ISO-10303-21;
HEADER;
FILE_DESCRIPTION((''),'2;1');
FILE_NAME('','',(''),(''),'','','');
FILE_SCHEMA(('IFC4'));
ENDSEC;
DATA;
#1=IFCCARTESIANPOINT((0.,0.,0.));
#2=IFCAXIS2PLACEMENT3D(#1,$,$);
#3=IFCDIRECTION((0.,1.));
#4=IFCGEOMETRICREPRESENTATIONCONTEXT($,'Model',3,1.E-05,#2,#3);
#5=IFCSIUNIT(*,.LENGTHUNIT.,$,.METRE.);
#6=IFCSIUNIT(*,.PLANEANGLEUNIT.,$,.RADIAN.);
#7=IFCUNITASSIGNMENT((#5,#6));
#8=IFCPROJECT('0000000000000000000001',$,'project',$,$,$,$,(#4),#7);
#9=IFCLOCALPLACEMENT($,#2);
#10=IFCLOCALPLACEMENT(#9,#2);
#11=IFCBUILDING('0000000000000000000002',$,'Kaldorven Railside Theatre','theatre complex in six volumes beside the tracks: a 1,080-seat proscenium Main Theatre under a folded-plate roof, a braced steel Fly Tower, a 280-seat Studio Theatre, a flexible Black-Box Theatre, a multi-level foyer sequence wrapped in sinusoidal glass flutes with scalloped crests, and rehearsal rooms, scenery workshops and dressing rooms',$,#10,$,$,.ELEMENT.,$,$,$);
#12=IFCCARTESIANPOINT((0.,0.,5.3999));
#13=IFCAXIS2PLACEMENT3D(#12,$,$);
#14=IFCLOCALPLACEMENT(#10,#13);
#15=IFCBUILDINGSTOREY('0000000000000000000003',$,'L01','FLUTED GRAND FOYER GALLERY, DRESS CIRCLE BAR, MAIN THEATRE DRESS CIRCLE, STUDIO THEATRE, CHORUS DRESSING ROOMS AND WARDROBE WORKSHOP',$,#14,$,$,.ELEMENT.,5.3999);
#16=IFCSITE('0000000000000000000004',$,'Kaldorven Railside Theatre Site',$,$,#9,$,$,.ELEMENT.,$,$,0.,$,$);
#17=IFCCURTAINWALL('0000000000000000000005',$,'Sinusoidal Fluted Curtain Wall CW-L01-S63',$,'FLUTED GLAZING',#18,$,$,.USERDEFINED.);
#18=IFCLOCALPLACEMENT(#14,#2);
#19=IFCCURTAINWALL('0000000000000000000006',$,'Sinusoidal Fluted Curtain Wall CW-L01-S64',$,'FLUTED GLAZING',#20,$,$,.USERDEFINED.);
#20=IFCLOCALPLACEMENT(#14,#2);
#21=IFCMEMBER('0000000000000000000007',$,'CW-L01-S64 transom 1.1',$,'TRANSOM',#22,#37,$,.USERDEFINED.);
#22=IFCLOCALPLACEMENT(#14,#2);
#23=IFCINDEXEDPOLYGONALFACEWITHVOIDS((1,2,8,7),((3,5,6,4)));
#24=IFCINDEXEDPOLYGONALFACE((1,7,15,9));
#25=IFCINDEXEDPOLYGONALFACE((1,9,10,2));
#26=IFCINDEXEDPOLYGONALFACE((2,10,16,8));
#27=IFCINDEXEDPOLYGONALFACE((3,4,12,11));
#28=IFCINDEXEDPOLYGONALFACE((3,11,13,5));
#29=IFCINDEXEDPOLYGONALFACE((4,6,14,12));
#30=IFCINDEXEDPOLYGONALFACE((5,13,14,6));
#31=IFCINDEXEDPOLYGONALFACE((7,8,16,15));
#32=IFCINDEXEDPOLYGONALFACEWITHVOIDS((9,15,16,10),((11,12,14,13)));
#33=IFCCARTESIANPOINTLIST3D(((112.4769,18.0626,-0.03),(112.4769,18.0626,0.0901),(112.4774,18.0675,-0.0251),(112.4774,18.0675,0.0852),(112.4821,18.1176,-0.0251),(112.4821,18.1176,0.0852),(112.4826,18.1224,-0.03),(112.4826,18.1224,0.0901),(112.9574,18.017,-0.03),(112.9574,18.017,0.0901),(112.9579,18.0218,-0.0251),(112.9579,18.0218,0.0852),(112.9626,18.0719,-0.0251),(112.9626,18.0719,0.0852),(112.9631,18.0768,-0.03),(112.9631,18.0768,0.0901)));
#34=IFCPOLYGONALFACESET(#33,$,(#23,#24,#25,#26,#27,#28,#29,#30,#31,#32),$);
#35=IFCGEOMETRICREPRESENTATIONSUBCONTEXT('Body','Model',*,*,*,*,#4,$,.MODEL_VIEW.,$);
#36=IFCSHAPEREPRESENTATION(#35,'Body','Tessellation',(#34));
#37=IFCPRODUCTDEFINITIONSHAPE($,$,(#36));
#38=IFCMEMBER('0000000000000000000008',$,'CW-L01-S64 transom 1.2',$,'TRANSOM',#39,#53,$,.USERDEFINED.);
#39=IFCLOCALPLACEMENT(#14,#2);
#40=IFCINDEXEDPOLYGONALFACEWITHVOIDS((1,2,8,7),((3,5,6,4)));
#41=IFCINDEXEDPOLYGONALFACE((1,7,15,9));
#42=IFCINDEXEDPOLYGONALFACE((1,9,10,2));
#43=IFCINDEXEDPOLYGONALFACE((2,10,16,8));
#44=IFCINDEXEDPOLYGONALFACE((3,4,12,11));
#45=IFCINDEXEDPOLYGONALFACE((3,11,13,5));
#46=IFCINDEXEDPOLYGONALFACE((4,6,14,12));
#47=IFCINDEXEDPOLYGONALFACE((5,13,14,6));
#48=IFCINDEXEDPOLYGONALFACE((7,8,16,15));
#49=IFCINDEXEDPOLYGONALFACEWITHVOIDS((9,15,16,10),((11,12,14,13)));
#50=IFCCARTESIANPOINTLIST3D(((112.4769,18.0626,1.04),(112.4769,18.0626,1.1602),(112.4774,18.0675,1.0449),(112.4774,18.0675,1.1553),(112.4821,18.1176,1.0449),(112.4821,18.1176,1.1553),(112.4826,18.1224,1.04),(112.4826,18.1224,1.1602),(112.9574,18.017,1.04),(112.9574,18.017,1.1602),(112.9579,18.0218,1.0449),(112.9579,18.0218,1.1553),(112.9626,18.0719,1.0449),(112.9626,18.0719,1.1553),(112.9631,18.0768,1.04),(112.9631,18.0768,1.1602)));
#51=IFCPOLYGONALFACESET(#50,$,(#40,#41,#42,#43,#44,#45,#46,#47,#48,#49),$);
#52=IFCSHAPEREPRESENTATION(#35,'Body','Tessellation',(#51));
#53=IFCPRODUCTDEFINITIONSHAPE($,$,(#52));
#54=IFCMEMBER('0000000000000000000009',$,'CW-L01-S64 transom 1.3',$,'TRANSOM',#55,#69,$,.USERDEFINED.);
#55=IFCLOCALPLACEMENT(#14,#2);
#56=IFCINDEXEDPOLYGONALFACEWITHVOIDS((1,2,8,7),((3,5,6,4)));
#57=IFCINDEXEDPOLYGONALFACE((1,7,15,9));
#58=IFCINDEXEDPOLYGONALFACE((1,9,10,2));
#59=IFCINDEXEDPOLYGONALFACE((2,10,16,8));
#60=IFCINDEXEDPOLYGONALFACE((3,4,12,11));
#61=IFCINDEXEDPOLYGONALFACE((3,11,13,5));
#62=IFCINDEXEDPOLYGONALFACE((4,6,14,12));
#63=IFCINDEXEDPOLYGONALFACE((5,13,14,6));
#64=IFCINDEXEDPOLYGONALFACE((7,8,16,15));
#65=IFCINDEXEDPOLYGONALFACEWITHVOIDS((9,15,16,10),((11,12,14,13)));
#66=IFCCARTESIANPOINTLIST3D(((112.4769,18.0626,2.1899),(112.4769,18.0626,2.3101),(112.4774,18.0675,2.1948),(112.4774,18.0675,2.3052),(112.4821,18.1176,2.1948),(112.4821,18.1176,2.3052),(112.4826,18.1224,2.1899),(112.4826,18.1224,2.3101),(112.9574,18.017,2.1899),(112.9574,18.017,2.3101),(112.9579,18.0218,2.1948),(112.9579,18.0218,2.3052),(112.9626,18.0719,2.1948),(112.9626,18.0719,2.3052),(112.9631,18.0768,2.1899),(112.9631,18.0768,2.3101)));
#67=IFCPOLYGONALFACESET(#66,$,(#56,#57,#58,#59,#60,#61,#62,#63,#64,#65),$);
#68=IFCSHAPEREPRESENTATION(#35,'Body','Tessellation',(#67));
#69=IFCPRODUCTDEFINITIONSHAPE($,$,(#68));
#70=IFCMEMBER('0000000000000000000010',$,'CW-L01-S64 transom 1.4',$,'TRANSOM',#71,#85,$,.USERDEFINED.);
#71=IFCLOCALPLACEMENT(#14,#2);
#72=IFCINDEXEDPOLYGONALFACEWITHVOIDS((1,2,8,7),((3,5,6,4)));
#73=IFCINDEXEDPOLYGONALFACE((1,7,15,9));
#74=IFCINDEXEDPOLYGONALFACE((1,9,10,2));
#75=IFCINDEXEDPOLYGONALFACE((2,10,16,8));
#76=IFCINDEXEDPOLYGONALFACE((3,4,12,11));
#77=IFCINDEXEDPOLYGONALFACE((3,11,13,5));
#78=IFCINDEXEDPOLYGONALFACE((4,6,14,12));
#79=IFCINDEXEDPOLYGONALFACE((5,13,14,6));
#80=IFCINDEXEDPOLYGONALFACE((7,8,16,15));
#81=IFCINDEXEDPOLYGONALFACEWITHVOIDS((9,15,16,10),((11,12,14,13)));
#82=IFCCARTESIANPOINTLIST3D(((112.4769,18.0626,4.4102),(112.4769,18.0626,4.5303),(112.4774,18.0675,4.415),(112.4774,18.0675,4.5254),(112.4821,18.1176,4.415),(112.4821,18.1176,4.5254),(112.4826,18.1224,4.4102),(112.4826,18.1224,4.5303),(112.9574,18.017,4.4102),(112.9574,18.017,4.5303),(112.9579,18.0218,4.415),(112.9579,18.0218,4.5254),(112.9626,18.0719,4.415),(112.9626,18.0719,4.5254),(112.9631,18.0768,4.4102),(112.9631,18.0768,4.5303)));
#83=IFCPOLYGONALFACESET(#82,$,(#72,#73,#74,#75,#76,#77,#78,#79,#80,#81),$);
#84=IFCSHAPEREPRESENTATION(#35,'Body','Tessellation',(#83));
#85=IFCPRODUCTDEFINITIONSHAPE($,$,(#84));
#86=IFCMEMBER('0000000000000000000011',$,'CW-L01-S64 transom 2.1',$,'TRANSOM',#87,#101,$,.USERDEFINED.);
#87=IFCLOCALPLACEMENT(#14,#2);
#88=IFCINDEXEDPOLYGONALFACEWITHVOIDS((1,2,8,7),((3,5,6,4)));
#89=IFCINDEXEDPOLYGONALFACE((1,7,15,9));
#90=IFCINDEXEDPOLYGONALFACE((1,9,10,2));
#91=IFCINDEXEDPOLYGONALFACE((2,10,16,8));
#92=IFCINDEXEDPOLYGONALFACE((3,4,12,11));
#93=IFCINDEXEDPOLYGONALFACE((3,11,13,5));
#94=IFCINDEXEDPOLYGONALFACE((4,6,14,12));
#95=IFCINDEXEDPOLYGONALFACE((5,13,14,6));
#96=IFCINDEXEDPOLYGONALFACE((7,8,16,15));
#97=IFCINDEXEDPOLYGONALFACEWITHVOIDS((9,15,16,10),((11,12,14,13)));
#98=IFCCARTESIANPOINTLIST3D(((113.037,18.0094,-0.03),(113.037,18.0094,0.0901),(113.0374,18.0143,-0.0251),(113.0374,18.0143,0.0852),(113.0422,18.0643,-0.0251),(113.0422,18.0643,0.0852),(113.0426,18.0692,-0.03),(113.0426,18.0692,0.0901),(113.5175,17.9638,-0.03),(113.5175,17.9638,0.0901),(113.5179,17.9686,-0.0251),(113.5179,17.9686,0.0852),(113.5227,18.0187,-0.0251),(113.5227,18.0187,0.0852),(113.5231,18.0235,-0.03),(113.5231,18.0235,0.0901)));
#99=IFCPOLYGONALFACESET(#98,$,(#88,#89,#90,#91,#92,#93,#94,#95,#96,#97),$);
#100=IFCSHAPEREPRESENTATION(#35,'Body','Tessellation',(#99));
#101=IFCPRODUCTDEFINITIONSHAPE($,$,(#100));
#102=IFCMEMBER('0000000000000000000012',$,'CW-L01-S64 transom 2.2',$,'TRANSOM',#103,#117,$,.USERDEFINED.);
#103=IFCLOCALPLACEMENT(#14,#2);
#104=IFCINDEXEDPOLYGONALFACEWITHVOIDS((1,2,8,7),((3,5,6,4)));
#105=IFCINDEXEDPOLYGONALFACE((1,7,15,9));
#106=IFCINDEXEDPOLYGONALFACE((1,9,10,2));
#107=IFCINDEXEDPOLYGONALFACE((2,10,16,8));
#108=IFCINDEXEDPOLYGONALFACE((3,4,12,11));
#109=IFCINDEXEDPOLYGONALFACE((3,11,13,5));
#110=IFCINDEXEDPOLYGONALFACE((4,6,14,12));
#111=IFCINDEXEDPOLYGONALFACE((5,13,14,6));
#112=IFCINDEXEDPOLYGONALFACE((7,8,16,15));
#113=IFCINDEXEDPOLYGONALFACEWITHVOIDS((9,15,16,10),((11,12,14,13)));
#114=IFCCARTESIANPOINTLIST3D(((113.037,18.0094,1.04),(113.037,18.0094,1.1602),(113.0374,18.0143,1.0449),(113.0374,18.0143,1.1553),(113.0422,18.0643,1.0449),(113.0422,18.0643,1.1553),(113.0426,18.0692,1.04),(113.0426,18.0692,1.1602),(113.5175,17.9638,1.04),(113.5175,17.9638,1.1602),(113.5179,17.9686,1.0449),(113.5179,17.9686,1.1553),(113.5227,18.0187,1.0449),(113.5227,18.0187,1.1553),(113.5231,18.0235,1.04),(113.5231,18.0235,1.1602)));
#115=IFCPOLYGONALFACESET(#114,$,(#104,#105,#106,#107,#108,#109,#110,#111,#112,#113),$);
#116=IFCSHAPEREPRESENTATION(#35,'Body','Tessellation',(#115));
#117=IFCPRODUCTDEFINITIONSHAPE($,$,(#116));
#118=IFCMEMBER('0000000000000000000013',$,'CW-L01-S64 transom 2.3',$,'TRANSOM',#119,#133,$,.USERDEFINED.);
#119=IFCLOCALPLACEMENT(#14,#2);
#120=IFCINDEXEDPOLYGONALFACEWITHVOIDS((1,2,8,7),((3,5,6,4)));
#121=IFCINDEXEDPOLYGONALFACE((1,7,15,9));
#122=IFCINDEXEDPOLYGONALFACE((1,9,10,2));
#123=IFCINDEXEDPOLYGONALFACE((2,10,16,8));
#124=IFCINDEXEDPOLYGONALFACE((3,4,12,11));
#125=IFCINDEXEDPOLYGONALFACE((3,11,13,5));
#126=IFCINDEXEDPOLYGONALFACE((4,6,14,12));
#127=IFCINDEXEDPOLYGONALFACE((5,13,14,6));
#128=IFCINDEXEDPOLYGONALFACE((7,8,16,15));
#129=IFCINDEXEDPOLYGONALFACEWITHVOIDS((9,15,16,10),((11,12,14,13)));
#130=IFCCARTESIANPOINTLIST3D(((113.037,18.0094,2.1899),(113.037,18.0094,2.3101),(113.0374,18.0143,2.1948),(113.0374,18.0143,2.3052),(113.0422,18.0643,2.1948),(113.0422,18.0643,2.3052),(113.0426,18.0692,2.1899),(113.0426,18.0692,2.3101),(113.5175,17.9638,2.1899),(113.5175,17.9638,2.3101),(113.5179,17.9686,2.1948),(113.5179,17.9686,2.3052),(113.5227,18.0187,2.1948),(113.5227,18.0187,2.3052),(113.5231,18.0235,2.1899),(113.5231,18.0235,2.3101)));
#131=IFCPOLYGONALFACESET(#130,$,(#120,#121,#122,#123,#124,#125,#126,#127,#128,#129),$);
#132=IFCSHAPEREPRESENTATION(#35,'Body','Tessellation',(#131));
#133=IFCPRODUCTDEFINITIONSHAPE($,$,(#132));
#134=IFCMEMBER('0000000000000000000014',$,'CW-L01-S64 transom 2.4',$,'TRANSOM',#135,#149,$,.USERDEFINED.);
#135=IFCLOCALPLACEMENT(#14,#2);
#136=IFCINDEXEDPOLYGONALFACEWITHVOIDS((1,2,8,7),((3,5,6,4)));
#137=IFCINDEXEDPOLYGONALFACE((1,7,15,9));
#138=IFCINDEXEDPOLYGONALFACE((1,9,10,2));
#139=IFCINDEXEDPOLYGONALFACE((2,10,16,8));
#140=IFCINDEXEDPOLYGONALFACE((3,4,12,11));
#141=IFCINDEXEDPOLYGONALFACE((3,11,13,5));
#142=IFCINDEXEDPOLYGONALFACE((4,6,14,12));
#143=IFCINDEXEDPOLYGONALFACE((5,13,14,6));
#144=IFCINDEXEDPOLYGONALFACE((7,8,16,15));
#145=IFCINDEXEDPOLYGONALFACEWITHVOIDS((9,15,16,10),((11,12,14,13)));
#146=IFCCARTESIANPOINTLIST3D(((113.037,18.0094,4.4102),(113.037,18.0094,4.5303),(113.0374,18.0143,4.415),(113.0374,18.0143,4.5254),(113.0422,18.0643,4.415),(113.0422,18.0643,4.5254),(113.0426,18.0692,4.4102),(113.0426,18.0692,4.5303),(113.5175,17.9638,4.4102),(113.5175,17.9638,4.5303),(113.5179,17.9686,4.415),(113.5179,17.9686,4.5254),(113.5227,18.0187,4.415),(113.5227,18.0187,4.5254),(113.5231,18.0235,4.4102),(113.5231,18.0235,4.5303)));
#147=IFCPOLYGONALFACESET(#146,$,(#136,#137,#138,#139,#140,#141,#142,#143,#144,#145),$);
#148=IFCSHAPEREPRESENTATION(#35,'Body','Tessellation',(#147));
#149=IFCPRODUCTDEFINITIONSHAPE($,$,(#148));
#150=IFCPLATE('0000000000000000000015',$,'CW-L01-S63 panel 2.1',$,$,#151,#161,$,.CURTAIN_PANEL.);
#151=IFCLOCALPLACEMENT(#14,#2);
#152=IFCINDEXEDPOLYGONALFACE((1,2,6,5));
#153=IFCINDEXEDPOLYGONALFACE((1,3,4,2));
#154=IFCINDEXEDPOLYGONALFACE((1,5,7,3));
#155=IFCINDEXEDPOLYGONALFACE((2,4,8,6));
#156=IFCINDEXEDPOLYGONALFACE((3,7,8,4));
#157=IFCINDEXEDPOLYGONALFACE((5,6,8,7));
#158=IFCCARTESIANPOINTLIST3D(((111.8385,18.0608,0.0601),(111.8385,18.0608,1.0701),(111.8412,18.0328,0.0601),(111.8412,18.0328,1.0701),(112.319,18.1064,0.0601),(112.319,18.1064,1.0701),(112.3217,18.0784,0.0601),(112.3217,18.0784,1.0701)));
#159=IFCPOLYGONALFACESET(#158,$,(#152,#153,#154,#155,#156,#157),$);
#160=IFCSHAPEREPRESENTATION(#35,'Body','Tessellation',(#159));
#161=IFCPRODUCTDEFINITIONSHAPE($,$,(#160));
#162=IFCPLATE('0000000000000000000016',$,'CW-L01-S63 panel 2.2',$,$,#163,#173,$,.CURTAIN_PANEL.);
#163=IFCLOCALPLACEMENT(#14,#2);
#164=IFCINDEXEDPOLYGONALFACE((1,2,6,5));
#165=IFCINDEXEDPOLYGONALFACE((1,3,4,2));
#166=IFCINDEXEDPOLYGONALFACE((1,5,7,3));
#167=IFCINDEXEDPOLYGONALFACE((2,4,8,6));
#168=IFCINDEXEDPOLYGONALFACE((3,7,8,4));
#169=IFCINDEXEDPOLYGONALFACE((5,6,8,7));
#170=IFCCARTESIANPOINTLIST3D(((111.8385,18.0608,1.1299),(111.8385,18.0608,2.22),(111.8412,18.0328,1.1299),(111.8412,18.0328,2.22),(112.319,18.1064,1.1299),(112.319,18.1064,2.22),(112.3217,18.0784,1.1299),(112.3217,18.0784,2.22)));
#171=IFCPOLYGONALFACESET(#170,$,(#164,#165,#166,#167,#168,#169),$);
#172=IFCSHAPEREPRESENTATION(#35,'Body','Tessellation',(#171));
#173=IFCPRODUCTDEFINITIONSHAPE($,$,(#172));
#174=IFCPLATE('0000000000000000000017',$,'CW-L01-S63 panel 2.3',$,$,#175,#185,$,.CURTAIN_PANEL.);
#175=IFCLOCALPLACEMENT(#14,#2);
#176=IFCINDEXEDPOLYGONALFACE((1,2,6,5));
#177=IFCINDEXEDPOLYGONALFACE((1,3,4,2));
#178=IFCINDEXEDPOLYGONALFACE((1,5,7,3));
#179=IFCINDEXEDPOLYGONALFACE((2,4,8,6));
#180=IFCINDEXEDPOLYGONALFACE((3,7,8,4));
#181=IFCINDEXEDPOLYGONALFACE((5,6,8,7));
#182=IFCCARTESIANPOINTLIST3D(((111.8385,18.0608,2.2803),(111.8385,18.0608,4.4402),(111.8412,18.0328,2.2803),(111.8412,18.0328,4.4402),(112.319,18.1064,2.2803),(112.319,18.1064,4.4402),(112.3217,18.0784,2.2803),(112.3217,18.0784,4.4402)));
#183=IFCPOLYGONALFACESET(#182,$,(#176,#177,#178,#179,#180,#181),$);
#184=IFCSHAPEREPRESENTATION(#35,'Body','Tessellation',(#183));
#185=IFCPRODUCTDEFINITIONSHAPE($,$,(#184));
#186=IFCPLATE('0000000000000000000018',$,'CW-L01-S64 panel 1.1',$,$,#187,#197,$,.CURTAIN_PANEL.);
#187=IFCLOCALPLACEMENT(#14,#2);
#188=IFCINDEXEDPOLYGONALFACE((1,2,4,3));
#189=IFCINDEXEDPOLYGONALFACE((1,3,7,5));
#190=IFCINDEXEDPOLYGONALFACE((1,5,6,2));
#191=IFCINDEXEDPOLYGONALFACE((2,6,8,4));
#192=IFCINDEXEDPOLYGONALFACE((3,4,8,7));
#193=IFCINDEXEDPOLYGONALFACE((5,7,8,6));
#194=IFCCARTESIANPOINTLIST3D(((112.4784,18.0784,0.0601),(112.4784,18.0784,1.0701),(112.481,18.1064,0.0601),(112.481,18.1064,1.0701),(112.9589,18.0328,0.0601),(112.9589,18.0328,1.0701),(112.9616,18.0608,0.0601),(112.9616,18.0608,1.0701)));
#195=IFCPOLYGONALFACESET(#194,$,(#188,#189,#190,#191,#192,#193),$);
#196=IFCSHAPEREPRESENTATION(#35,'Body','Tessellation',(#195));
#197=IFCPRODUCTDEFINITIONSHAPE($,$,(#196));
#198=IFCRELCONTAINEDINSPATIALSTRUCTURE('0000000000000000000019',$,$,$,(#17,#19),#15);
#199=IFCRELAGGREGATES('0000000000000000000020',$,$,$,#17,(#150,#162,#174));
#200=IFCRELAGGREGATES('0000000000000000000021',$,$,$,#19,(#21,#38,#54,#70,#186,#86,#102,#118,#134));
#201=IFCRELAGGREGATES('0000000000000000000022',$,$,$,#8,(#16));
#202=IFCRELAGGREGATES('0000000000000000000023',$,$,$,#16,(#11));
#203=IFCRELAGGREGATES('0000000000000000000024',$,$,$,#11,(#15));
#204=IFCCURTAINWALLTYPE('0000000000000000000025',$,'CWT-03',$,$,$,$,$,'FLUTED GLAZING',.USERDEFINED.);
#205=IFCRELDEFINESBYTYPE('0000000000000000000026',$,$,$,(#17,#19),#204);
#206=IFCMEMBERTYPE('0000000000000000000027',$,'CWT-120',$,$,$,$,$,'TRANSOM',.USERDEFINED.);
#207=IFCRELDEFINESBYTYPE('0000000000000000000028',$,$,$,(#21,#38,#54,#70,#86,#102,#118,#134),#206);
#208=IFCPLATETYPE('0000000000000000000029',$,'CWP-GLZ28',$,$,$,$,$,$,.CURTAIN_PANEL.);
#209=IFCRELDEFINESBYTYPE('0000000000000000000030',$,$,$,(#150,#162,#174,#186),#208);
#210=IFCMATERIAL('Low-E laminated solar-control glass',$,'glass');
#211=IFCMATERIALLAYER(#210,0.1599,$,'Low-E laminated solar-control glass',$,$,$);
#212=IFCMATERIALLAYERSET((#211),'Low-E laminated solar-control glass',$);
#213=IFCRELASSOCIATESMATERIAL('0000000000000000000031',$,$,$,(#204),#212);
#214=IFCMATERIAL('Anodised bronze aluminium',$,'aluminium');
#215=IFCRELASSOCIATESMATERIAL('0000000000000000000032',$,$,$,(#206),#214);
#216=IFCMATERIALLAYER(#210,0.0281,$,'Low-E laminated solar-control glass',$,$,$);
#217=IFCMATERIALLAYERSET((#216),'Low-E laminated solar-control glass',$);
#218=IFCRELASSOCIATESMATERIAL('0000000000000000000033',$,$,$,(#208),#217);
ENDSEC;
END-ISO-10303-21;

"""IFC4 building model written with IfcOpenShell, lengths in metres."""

from ifc_helpers import new_model, si_unit, direction, frame, origin, origin_2d, place, context, subcontext, project, spatial, rectangle, hollow_rectangle, extrude, material, layer, layer_set, material_profile, profile_set, type_object, element, aggregate, save


model = new_model("IFC4")

# Units and contexts
model_context = context("Model", 3, precision=1e-05, world=origin(), true_north=direction((0.0, 1.0)))
body_context = subcontext(model_context, "Body", "Model", "MODEL_VIEW")
ifc_project = project(units=[si_unit("LENGTHUNIT", "METRE"), si_unit("PLANEANGLEUNIT", "RADIAN")], contexts=[model_context])

# Site, building, storey
site_placement = place(None, origin())
site = spatial("IfcSite", under=ifc_project, at=site_placement, Name="Kaldorven Railside Theatre Site", CompositionType="ELEMENT", RefElevation=0.0)
building_placement = place(site_placement, origin())
building = spatial("IfcBuilding", under=site, at=building_placement, Name="Kaldorven Railside Theatre", Description="theatre complex in six volumes beside the tracks: a 1,080-seat proscenium Main Theatre under a folded-plate roof, a braced steel Fly Tower, a 280-seat Studio Theatre, a flexible Black-Box Theatre, a multi-level foyer sequence wrapped in sinusoidal glass flutes with scalloped crests, and rehearsal rooms, scenery workshops and dressing rooms", CompositionType="ELEMENT")
storey_placement = place(building_placement, frame((0.0, 0.0, 5.3999)))
storey = spatial("IfcBuildingStorey", under=building, at=storey_placement, Name="L01", Description="FLUTED GRAND FOYER GALLERY, DRESS CIRCLE BAR, MAIN THEATRE DRESS CIRCLE, STUDIO THEATRE, CHORUS DRESSING ROOMS AND WARDROBE WORKSHOP", CompositionType="ELEMENT", Elevation=5.3999)

# Curtain walls
ifc_material_1 = material(Name="Low-E laminated solar-control glass", Category="glass")
ifc_layer_1 = layer(ifc_material_1, 0.1599, Name="Low-E laminated solar-control glass")
ifc_layer_set_1 = layer_set([ifc_layer_1], Name="Low-E laminated solar-control glass")
curtain_wall_type = type_object("IfcCurtainWallType", Name="CWT-03", ElementType="FLUTED GLAZING", PredefinedType="USERDEFINED", material=ifc_layer_set_1)
curtain_wall_1_placement = place(storey_placement, origin())
curtain_wall_1 = element("IfcCurtainWall", 1, at=curtain_wall_1_placement, inside=storey, type_object=curtain_wall_type, Name="Sinusoidal Fluted Curtain Wall CW-L01-S63", ObjectType="FLUTED GLAZING", PredefinedType="USERDEFINED")
ifc_material_2 = material(Name="Anodised bronze aluminium", Category="aluminium")
curtain_wall_2_placement = place(storey_placement, origin())
curtain_wall_2 = element("IfcCurtainWall", 2, at=curtain_wall_2_placement, inside=storey, type_object=curtain_wall_type, Name="Sinusoidal Fluted Curtain Wall CW-L01-S64", ObjectType="FLUTED GLAZING", PredefinedType="USERDEFINED")

# Members
ifc_material_profile_1 = material_profile(ifc_material_2, hollow_rectangle(XDim=0.0601, YDim=0.1201, WallThickness=0.0049, at=origin_2d()), Name="RHS 120x60x5")
ifc_profile_set_1 = profile_set([ifc_material_profile_1], Name="Anodised bronze aluminium")
member_type_1 = type_object("IfcMemberType", Name="CWT-120", ElementType="TRANSOM", PredefinedType="USERDEFINED", material=ifc_profile_set_1)
member_1_placement = place(storey_placement, frame((112.4797, 18.0925, 0.03), z_axis=(0.995516, -0.094594, 0.0), x_axis=(0.094594, 0.995516, 0.0)))
member_1 = element("IfcMember", 3, at=member_1_placement, type_object=member_type_1, Name="CW-L01-S64 transom 1.1", ObjectType="TRANSOM", PredefinedType="USERDEFINED", context=body_context, shape_type="SweptSolid", body=[
    extrude(hollow_rectangle(XDim=0.0601, YDim=0.1201, WallThickness=0.0049, at=origin_2d()), origin(), (0.0, 0.0, 1.0), 0.4827),
])
member_2_placement = place(storey_placement, frame((112.4797, 18.0925, 1.1001), z_axis=(0.995516, -0.094594, 0.0), x_axis=(0.094594, 0.995516, 0.0)))
member_2 = element("IfcMember", 4, at=member_2_placement, type_object=member_type_1, Name="CW-L01-S64 transom 1.2", ObjectType="TRANSOM", PredefinedType="USERDEFINED", context=body_context, shape_type="SweptSolid", body=[
    extrude(hollow_rectangle(XDim=0.0601, YDim=0.1201, WallThickness=0.0049, at=origin_2d()), origin(), (0.0, 0.0, 1.0), 0.4827),
])
member_3_placement = place(storey_placement, frame((112.4797, 18.0925, 2.25), z_axis=(0.995516, -0.094594, 0.0), x_axis=(0.094594, 0.995516, 0.0)))
member_3 = element("IfcMember", 5, at=member_3_placement, type_object=member_type_1, Name="CW-L01-S64 transom 1.3", ObjectType="TRANSOM", PredefinedType="USERDEFINED", context=body_context, shape_type="SweptSolid", body=[
    extrude(hollow_rectangle(XDim=0.0601, YDim=0.1201, WallThickness=0.0049, at=origin_2d()), origin(), (0.0, 0.0, 1.0), 0.4827),
])
member_4_placement = place(storey_placement, frame((112.4797, 18.0925, 4.4702), z_axis=(0.995516, -0.094594, 0.0), x_axis=(0.094594, 0.995516, 0.0)))
member_4 = element("IfcMember", 6, at=member_4_placement, type_object=member_type_1, Name="CW-L01-S64 transom 1.4", ObjectType="TRANSOM", PredefinedType="USERDEFINED", context=body_context, shape_type="SweptSolid", body=[
    extrude(hollow_rectangle(XDim=0.0601, YDim=0.1201, WallThickness=0.0049, at=origin_2d()), origin(), (0.0, 0.0, 1.0), 0.4827),
])
member_5_placement = place(storey_placement, frame((113.0398, 18.0393, 0.03), z_axis=(0.995516, -0.094594, 0.0), x_axis=(0.094594, 0.995516, 0.0)))
member_5 = element("IfcMember", 7, at=member_5_placement, type_object=member_type_1, Name="CW-L01-S64 transom 2.1", ObjectType="TRANSOM", PredefinedType="USERDEFINED", context=body_context, shape_type="SweptSolid", body=[
    extrude(hollow_rectangle(XDim=0.0601, YDim=0.1201, WallThickness=0.0049, at=origin_2d()), origin(), (0.0, 0.0, 1.0), 0.4827),
])
member_6_placement = place(storey_placement, frame((113.0398, 18.0393, 1.1001), z_axis=(0.995516, -0.094594, 0.0), x_axis=(0.094594, 0.995516, 0.0)))
member_6 = element("IfcMember", 8, at=member_6_placement, type_object=member_type_1, Name="CW-L01-S64 transom 2.2", ObjectType="TRANSOM", PredefinedType="USERDEFINED", context=body_context, shape_type="SweptSolid", body=[
    extrude(hollow_rectangle(XDim=0.0601, YDim=0.1201, WallThickness=0.0049, at=origin_2d()), origin(), (0.0, 0.0, 1.0), 0.4827),
])
member_7_placement = place(storey_placement, frame((113.0398, 18.0393, 2.25), z_axis=(0.995516, -0.094594, 0.0), x_axis=(0.094594, 0.995516, 0.0)))
member_7 = element("IfcMember", 9, at=member_7_placement, type_object=member_type_1, Name="CW-L01-S64 transom 2.3", ObjectType="TRANSOM", PredefinedType="USERDEFINED", context=body_context, shape_type="SweptSolid", body=[
    extrude(hollow_rectangle(XDim=0.0601, YDim=0.1201, WallThickness=0.0049, at=origin_2d()), origin(), (0.0, 0.0, 1.0), 0.4827),
])
member_8_placement = place(storey_placement, frame((113.0398, 18.0393, 4.4702), z_axis=(0.995516, -0.094594, 0.0), x_axis=(0.094594, 0.995516, 0.0)))
member_8 = element("IfcMember", 10, at=member_8_placement, type_object=member_type_1, Name="CW-L01-S64 transom 2.4", ObjectType="TRANSOM", PredefinedType="USERDEFINED", context=body_context, shape_type="SweptSolid", body=[
    extrude(hollow_rectangle(XDim=0.0601, YDim=0.1201, WallThickness=0.0049, at=origin_2d()), origin(), (0.0, 0.0, 1.0), 0.4827),
])

# Plates
ifc_layer_2 = layer(ifc_material_1, 0.0281, Name="Low-E laminated solar-control glass")
ifc_layer_set_2 = layer_set([ifc_layer_2], Name="Low-E laminated solar-control glass")
plate_type = type_object("IfcPlateType", Name="CWP-GLZ28", PredefinedType="CURTAIN_PANEL", material=ifc_layer_set_2)
plate_1_placement = place(storey_placement, frame((112.0801, 18.0696, 0.0601), z_axis=(0.0, 0.0, 1.0), x_axis=(0.995526, 0.094492, 0.0)))
plate_1 = element("IfcPlate", 11, at=plate_1_placement, type_object=plate_type, Name="CW-L01-S63 panel 2.1", PredefinedType="CURTAIN_PANEL", context=body_context, shape_type="SweptSolid", body=[
    extrude(rectangle(XDim=0.4827, YDim=0.0281, at=origin_2d()), origin(), (0.0, 0.0, 1.0), 1.01),
])
plate_2_placement = place(storey_placement, frame((112.0801, 18.0696, 1.1299), z_axis=(0.0, 0.0, 1.0), x_axis=(0.995526, 0.094492, 0.0)))
plate_2 = element("IfcPlate", 12, at=plate_2_placement, type_object=plate_type, Name="CW-L01-S63 panel 2.2", PredefinedType="CURTAIN_PANEL", context=body_context, shape_type="SweptSolid", body=[
    extrude(rectangle(XDim=0.4827, YDim=0.0281, at=origin_2d()), origin(), (0.0, 0.0, 1.0), 1.0901),
])
plate_3_placement = place(storey_placement, frame((112.0801, 18.0696, 2.2803), z_axis=(0.0, 0.0, 1.0), x_axis=(0.995526, 0.094492, 0.0)))
plate_3 = element("IfcPlate", 13, at=plate_3_placement, type_object=plate_type, Name="CW-L01-S63 panel 2.3", PredefinedType="CURTAIN_PANEL", context=body_context, shape_type="SweptSolid", body=[
    extrude(rectangle(XDim=0.4827, YDim=0.0281, at=origin_2d()), origin(), (0.0, 0.0, 1.0), 2.1599),
])
aggregate(curtain_wall_1, [plate_1, plate_2, plate_3])
plate_4_placement = place(storey_placement, frame((112.72, 18.0696, 0.0601), z_axis=(0.0, 0.0, 1.0), x_axis=(0.995526, -0.094492, 0.0)))
plate_4 = element("IfcPlate", 14, at=plate_4_placement, type_object=plate_type, Name="CW-L01-S64 panel 1.1", PredefinedType="CURTAIN_PANEL", context=body_context, shape_type="SweptSolid", body=[
    extrude(rectangle(XDim=0.4827, YDim=0.0281, at=origin_2d()), origin(), (0.0, 0.0, 1.0), 1.01),
])
aggregate(curtain_wall_2, [member_1, member_2, member_3, member_4, plate_4, member_5, member_6, member_7, member_8])

save(model, "model.ifc")
